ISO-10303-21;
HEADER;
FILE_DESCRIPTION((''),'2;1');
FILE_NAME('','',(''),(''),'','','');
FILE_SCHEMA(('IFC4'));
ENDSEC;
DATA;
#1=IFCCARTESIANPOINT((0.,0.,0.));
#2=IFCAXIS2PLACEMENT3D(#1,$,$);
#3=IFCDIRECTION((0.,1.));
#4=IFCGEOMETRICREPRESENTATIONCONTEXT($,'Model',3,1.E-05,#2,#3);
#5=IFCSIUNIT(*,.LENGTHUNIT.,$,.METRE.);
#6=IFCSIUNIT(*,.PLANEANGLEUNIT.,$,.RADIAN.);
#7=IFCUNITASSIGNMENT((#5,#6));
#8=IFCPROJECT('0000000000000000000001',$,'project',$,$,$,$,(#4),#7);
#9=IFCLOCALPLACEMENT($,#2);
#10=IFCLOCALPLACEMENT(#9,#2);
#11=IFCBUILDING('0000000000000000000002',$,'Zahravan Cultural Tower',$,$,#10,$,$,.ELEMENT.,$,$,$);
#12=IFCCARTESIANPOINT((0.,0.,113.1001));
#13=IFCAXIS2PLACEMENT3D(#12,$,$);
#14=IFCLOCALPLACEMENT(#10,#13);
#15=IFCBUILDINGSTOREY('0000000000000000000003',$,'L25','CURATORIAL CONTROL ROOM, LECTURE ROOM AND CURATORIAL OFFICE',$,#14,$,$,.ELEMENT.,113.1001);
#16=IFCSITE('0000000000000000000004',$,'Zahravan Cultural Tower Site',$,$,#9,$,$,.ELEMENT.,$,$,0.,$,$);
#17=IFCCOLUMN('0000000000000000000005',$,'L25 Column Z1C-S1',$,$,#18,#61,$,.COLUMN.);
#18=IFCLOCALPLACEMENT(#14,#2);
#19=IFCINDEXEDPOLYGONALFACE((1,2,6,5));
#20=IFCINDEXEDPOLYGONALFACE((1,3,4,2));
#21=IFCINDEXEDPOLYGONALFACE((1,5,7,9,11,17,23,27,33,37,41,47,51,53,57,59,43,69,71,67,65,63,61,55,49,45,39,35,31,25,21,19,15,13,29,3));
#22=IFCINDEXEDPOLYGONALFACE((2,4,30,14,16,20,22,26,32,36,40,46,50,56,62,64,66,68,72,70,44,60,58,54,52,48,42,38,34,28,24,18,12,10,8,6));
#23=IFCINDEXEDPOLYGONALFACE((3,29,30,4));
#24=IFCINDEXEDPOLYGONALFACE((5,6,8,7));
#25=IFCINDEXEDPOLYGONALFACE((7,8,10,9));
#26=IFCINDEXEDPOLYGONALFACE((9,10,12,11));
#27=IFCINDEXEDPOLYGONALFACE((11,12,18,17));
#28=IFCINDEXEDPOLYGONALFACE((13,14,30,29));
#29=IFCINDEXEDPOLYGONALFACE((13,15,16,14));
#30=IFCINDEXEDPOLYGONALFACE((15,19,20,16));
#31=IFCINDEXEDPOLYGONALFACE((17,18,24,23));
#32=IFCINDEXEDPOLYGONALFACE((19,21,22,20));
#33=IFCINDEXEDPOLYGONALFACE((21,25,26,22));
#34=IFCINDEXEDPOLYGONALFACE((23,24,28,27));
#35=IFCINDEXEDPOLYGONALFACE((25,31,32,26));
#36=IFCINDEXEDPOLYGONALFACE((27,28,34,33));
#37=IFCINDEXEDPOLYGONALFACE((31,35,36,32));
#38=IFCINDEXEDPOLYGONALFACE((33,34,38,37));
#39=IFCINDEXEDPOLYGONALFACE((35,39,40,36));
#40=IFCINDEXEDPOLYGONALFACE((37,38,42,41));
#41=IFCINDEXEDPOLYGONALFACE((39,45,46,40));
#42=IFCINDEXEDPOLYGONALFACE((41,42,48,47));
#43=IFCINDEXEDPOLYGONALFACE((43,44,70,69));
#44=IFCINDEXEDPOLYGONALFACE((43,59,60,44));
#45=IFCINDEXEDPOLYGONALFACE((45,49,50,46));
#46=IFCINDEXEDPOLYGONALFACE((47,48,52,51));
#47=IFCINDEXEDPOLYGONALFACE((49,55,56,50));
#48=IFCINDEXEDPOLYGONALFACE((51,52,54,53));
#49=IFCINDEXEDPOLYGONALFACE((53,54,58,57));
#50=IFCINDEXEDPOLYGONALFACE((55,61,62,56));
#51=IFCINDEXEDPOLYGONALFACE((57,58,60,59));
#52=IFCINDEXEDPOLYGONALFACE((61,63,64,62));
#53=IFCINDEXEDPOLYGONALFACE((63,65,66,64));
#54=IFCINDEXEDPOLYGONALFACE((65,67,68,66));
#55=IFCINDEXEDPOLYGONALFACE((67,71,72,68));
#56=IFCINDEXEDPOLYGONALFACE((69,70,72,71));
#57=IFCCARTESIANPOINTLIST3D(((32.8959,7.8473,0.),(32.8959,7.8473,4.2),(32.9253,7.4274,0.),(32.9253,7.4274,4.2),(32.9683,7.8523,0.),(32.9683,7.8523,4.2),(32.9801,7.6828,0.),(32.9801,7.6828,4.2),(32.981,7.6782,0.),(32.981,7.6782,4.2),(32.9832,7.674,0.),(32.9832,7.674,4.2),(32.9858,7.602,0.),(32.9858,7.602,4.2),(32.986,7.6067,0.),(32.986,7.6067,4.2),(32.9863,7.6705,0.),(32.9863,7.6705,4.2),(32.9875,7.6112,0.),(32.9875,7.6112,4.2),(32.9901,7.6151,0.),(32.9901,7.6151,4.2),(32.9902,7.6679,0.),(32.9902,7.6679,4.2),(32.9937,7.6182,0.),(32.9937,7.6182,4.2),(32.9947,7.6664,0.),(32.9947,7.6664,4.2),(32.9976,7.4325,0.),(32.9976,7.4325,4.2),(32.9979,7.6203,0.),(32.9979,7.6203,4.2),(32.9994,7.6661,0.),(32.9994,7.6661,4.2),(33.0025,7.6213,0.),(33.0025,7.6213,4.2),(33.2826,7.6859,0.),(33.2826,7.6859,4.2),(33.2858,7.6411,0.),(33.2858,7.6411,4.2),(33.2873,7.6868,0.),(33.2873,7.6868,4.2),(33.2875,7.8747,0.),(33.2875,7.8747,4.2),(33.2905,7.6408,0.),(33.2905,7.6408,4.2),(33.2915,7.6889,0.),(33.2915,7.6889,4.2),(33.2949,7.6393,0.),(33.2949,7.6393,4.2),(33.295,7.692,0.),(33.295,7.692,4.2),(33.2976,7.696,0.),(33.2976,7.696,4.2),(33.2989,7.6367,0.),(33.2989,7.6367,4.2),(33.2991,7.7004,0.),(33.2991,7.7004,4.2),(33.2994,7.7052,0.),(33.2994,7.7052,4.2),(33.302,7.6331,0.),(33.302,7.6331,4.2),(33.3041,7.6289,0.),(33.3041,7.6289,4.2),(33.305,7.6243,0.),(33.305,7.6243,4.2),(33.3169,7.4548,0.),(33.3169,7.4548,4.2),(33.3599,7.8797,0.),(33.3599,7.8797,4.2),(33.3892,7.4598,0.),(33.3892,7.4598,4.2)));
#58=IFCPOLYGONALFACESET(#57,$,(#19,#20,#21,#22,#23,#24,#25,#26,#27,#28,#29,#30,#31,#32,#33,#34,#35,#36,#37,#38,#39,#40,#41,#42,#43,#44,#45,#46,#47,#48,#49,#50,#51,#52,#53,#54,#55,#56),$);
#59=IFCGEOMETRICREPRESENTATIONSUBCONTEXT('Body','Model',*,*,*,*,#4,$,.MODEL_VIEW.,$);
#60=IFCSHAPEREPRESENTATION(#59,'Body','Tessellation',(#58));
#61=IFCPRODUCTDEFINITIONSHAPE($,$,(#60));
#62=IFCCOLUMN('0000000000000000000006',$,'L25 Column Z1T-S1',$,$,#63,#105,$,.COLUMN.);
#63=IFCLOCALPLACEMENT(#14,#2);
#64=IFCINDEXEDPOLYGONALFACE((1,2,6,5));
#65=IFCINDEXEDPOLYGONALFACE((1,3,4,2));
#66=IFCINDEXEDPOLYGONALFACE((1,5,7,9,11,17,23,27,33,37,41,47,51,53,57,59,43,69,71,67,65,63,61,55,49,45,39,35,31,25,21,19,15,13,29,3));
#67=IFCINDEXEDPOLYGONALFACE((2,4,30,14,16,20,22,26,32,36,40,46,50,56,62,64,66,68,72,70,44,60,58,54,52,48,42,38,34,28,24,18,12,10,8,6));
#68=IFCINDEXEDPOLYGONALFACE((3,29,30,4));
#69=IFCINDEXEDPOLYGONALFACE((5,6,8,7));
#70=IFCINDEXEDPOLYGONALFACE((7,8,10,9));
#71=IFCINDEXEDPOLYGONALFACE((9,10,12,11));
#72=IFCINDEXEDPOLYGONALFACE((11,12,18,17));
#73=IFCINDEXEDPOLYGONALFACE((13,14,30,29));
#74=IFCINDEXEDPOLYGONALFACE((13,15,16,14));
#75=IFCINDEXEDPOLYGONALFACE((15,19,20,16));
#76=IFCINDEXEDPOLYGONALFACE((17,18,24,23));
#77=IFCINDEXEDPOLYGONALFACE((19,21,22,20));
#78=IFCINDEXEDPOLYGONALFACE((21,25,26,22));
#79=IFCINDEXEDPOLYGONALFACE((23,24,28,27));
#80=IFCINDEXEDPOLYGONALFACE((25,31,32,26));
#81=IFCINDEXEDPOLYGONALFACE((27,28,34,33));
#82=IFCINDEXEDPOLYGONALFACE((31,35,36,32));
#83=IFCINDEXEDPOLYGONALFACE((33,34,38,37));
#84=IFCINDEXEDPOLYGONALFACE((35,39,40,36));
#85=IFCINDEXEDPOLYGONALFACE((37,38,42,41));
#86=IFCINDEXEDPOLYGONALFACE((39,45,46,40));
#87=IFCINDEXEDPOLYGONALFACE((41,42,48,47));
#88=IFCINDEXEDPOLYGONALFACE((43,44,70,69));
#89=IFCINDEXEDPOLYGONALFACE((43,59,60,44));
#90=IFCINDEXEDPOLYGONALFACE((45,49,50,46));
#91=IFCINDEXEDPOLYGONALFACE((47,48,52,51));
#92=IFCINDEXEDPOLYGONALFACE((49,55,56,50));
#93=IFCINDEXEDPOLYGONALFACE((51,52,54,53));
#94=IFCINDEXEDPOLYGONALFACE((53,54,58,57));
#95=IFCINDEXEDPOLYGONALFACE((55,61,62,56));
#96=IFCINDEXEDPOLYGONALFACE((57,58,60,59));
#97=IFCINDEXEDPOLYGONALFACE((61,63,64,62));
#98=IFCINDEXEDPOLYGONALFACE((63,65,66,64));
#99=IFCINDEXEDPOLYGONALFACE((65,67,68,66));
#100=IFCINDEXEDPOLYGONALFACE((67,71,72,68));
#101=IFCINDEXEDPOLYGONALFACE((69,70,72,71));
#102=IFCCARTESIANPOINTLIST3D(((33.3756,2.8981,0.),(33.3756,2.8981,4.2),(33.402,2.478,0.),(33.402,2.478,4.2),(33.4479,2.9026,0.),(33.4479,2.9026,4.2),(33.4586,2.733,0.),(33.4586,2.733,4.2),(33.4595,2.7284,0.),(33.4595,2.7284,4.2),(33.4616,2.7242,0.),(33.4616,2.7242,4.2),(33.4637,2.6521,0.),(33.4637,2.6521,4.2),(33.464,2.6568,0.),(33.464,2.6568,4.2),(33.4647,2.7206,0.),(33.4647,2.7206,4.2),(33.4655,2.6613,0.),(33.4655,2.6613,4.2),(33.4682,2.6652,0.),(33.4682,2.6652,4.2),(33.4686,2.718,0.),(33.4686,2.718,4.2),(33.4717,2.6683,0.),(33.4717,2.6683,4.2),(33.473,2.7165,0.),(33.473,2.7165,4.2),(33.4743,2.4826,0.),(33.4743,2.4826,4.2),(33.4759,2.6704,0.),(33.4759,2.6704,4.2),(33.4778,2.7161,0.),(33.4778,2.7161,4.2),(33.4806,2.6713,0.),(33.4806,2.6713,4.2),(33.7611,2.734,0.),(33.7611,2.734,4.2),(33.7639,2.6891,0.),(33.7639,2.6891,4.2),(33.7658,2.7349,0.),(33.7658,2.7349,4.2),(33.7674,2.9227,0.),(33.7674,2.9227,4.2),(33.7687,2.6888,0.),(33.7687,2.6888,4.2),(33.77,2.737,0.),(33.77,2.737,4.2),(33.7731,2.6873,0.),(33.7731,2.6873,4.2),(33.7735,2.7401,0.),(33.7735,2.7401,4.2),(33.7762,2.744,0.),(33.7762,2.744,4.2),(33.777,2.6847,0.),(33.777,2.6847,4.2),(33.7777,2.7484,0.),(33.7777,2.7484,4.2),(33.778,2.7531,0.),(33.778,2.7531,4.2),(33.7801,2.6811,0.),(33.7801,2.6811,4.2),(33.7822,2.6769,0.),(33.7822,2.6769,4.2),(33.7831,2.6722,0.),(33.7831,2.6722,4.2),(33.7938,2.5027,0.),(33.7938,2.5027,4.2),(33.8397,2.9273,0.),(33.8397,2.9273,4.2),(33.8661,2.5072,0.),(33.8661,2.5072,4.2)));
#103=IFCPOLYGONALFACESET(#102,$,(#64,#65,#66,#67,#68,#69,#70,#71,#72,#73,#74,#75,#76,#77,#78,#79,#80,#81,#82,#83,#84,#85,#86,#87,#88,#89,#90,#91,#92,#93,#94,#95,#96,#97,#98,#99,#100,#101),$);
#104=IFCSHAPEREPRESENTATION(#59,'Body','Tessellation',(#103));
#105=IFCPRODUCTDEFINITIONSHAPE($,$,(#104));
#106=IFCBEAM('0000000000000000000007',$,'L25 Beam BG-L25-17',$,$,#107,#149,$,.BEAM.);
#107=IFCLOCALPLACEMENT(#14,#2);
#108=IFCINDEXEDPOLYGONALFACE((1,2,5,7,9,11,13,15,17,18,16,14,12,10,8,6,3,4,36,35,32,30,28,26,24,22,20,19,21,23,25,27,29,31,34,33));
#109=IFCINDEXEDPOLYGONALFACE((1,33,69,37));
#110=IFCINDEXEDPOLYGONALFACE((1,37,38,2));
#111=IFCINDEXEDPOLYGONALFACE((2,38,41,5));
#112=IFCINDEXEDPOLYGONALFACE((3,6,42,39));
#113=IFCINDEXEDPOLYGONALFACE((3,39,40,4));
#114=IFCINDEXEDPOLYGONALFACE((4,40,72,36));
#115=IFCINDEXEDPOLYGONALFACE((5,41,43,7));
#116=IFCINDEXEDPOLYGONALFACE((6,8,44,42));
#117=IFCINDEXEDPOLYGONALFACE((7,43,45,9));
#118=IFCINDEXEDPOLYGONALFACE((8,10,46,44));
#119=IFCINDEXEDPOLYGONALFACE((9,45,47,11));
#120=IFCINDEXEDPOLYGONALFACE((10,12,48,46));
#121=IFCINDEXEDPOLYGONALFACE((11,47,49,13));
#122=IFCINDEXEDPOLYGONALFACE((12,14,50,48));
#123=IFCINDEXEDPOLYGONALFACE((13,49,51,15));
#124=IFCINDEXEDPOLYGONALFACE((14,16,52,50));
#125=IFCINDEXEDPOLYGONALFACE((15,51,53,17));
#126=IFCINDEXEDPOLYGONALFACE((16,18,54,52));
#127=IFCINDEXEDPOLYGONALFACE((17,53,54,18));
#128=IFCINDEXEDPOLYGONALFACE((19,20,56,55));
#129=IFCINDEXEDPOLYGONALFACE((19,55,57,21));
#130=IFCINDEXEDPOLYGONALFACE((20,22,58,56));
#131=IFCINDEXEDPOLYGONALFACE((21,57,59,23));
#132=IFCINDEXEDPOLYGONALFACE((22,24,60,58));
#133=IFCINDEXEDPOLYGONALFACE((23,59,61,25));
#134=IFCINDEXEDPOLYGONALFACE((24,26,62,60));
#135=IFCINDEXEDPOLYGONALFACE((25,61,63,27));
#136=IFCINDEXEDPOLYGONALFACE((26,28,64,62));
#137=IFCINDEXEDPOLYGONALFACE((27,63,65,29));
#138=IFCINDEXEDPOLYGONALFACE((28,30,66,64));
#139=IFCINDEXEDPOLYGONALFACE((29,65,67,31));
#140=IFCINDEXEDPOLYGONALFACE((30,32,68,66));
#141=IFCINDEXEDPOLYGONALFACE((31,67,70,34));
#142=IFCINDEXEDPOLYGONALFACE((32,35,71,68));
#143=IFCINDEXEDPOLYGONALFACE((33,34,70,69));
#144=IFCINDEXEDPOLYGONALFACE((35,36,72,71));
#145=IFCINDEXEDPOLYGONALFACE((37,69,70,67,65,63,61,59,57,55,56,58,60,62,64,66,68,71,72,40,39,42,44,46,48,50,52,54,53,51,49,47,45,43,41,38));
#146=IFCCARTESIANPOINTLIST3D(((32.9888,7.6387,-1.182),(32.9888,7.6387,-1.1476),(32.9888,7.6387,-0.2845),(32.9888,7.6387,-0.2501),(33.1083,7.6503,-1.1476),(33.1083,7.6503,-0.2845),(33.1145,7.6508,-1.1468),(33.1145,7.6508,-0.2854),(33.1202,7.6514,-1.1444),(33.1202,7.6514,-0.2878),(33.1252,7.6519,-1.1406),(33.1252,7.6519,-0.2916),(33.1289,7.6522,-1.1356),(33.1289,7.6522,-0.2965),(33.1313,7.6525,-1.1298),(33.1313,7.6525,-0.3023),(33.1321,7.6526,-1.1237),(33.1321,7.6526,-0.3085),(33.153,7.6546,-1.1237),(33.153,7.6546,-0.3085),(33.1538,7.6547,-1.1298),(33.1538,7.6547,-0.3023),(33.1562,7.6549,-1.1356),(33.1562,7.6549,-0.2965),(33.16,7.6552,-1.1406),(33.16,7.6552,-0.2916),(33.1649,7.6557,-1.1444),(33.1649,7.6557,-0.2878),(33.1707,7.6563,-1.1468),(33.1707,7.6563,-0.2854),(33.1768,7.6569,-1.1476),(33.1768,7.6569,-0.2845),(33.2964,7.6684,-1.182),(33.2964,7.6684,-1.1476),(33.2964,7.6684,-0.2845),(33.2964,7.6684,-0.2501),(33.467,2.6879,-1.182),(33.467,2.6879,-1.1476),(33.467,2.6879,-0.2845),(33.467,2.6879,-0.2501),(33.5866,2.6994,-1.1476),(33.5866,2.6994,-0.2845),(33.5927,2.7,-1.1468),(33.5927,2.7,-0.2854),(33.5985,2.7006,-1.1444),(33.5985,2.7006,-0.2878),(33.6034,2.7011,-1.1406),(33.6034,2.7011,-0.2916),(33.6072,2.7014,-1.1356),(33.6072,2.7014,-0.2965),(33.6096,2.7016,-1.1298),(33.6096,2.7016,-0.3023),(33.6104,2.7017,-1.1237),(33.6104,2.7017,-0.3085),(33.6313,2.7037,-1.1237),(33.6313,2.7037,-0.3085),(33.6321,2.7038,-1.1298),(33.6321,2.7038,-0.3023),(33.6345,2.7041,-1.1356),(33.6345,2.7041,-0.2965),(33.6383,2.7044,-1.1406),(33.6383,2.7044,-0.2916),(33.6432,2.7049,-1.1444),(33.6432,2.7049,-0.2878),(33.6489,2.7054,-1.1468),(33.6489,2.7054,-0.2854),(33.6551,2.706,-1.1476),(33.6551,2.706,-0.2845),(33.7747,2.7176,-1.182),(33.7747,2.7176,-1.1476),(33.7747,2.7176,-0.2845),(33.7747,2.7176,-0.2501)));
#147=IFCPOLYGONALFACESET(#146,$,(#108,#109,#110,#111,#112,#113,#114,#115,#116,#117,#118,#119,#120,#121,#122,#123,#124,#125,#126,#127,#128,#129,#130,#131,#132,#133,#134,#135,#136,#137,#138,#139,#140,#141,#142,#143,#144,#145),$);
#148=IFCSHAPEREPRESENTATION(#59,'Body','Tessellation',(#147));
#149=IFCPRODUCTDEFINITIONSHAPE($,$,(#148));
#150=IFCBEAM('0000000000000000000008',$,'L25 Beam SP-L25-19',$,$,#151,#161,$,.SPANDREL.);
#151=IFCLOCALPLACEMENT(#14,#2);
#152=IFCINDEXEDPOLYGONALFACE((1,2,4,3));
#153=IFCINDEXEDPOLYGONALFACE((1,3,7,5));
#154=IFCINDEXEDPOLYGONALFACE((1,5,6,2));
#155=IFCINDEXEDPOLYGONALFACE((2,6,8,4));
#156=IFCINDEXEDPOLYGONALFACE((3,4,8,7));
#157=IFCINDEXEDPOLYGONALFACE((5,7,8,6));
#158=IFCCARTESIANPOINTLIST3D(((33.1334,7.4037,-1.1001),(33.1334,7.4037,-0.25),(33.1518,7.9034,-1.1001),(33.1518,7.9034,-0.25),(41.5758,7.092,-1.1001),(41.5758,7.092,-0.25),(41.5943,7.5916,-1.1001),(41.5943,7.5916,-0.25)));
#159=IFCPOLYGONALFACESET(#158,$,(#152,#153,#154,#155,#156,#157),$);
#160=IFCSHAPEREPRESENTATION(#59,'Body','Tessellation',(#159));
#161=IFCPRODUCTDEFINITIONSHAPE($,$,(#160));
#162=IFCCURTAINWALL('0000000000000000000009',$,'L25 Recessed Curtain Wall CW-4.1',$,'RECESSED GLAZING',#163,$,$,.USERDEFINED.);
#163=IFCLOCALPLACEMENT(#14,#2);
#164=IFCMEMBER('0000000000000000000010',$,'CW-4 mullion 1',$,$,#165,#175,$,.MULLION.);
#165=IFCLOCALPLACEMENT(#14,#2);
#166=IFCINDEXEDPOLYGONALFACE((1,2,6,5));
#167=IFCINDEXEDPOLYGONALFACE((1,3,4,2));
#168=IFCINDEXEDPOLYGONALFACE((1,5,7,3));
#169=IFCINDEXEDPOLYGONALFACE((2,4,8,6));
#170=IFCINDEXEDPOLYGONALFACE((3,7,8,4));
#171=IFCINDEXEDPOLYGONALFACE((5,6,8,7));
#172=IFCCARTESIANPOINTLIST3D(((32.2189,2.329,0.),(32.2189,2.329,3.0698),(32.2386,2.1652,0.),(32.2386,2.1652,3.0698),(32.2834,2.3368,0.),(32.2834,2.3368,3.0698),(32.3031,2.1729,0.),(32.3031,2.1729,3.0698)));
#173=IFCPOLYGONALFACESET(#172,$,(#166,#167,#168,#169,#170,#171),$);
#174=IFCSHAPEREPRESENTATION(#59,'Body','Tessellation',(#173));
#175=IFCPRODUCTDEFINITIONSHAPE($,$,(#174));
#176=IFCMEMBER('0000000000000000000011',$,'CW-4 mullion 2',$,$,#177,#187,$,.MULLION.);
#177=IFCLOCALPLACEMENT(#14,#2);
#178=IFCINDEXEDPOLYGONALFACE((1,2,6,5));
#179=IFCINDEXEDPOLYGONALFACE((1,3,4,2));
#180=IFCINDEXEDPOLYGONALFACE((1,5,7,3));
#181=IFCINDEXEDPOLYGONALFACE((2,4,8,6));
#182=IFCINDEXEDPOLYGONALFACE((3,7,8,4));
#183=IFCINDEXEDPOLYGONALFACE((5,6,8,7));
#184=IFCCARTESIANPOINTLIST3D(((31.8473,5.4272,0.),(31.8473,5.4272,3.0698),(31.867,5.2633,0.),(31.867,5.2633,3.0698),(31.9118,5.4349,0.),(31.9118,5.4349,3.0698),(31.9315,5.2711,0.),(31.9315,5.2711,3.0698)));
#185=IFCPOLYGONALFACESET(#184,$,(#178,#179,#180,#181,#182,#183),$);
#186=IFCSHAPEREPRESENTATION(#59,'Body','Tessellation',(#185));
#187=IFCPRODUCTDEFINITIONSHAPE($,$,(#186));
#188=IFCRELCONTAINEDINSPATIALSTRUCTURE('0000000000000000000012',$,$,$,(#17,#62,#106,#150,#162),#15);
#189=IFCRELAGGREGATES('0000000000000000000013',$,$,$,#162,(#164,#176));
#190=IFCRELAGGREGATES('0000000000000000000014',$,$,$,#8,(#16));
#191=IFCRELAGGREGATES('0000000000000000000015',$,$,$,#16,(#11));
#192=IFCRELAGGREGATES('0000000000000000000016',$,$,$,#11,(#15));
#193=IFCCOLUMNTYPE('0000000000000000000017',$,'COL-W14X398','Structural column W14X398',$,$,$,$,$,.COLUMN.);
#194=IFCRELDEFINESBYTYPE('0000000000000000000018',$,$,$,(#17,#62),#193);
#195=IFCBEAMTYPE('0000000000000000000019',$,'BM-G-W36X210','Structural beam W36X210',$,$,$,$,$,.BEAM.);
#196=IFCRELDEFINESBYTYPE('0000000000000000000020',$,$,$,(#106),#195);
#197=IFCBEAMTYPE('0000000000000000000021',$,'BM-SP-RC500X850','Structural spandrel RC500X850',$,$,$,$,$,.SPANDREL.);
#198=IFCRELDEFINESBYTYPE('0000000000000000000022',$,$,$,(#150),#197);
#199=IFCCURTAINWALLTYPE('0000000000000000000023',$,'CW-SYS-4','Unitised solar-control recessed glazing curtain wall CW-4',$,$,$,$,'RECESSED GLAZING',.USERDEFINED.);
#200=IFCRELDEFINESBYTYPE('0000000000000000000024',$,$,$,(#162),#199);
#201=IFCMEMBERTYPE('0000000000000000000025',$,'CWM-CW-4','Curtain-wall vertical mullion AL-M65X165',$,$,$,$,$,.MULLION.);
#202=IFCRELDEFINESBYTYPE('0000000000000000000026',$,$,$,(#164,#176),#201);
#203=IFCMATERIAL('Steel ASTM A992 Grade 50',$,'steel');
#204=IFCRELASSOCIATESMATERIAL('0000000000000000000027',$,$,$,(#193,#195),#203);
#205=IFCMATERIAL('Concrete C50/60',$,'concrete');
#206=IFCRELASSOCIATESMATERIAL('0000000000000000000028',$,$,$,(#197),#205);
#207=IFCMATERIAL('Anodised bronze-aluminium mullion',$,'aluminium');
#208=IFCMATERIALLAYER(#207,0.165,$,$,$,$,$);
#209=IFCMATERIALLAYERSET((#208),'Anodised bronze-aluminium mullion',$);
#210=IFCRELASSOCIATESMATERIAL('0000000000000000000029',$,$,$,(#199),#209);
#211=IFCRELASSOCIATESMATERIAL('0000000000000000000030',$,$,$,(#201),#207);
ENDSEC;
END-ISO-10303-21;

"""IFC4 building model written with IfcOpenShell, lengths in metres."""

from ifc_helpers import new_model, si_unit, direction, frame, origin, origin_2d, place, context, subcontext, project, spatial, rectangle, i_section, extrude, source, transform, mapped, material, layer, layer_set, material_profile, profile_set, type_object, element, aggregate, save


model = new_model("IFC4")

# Units and contexts
model_context = context("Model", 3, precision=1e-05, world=origin(), true_north=direction((0.0, 1.0)))
body_context = subcontext(model_context, "Body", "Model", "MODEL_VIEW")
ifc_project = project(units=[si_unit("LENGTHUNIT", "METRE"), si_unit("PLANEANGLEUNIT", "RADIAN")], contexts=[model_context])

# Site, building, storey
site_placement = place(None, origin())
site = spatial("IfcSite", under=ifc_project, at=site_placement, Name="Zahravan Cultural Tower Site", CompositionType="ELEMENT", RefElevation=0.0)
building_placement = place(site_placement, origin())
building = spatial("IfcBuilding", under=site, at=building_placement, Name="Zahravan Cultural Tower", CompositionType="ELEMENT")
storey_placement = place(building_placement, frame((0.0, 0.0, 113.1001)))
storey = spatial("IfcBuildingStorey", under=building, at=storey_placement, Name="L25", Description="CURATORIAL CONTROL ROOM, LECTURE ROOM AND CURATORIAL OFFICE", CompositionType="ELEMENT", Elevation=113.1001)

# Columns
ifc_material_1 = material(Name="Steel ASTM A992 Grade 50", Category="steel")
ifc_material_profile_1 = material_profile(ifc_material_1, i_section(OverallWidth=0.4209, OverallDepth=0.4651, WebThickness=0.0449, FlangeThickness=0.0725, FilletRadius=0.0181, at=origin_2d()), Name="W14X398")
ifc_profile_set_1 = profile_set([ifc_material_profile_1], Name="Steel ASTM A992 Grade 50")
column_type = type_object("IfcColumnType", Name="COL-W14X398", Description="Structural column W14X398", PredefinedType="COLUMN", material=ifc_profile_set_1)
shared_shape_1 = source(origin(), body_context, "Body", "SweptSolid", [
    extrude(i_section(OverallWidth=0.4209, OverallDepth=0.4651, WebThickness=0.0449, FlangeThickness=0.0725, FilletRadius=0.0181, at=origin_2d()), origin(), (0.0, 0.0, 1.0), 4.2),
])
for number, where, z_axis, x_axis, name in (
    (1, (33.1426, 7.6536, 0.0), (0.0, 0.0, 1.0), (-0.069756, 0.997564, 0.0), "L25 Column Z1C-S1"),
    (2, (33.6208, 2.7026, 0.0), (0.0, 0.0, 1.0), (-0.062791, 0.998027, 0.0), "L25 Column Z1T-S1"),
):
    element("IfcColumn", number, at=place(storey_placement, frame(where, z_axis=z_axis, x_axis=x_axis)), inside=storey, type_object=column_type, Name=name, PredefinedType="COLUMN", context=body_context, shape_type="MappedRepresentation", body=[
        mapped(shared_shape_1, transform((0.0, 0.0, 0.0), x_axis=(1.0, 0.0, 0.0), y_axis=(0.0, 1.0, 0.0), z_axis=(0.0, 0.0, 1.0), scale=1.0)),
    ])

# Beams
ifc_material_profile_2 = material_profile(ifc_material_1, i_section(OverallWidth=0.3091, OverallDepth=0.9319, WebThickness=0.021, FlangeThickness=0.0344, FilletRadius=0.0239, at=origin_2d()), Name="W36X210")
ifc_profile_set_2 = profile_set([ifc_material_profile_2], Name="Steel ASTM A992 Grade 50")
beam_type_1 = type_object("IfcBeamType", Name="BM-G-W36X210", Description="Structural beam W36X210", PredefinedType="BEAM", material=ifc_profile_set_2)
shared_shape_2 = source(origin(), body_context, "Body", "SweptSolid", [
    extrude(i_section(OverallWidth=0.3091, OverallDepth=0.9319, WebThickness=0.021, FlangeThickness=0.0344, FilletRadius=0.0239, at=origin_2d()), origin(), (0.0, 0.0, 1.0), 4.9739),
])
beam_1_placement = place(storey_placement, frame((33.1426, 7.6536, -0.7161), z_axis=(0.096155, -0.995366, 0.0), x_axis=(0.995366, 0.096155, 0.0)))
element("IfcBeam", 3, at=beam_1_placement, inside=storey, type_object=beam_type_1, Name="L25 Beam BG-L25-17", PredefinedType="BEAM", context=body_context, shape_type="MappedRepresentation", body=[
    mapped(shared_shape_2, transform((0.0, 0.0, 0.0), x_axis=(1.0, 0.0, 0.0), y_axis=(0.0, 1.0, 0.0), z_axis=(0.0, 0.0, 1.0), scale=1.0)),
])
ifc_material_2 = material(Name="Concrete C50/60", Category="concrete")
ifc_material_profile_3 = material_profile(ifc_material_2, rectangle(XDim=0.5, YDim=0.8501, at=origin_2d()), Name="RC500X850")
ifc_profile_set_3 = profile_set([ifc_material_profile_3], Name="Concrete C50/60")
beam_type_2 = type_object("IfcBeamType", Name="BM-SP-RC500X850", Description="Structural spandrel RC500X850", PredefinedType="SPANDREL", material=ifc_profile_set_3)
shared_shape_3 = source(origin(), body_context, "Body", "SweptSolid", [
    extrude(rectangle(XDim=0.5, YDim=0.8501, at=origin_2d()), origin(), (0.0, 0.0, 1.0), 8.4482),
])
beam_2_placement = place(storey_placement, frame((33.1426, 7.6536, -0.675), z_axis=(0.999319, -0.036904, 0.0), x_axis=(0.036904, 0.999319, 0.0)))
element("IfcBeam", 4, at=beam_2_placement, inside=storey, type_object=beam_type_2, Name="L25 Beam SP-L25-19", PredefinedType="SPANDREL", context=body_context, shape_type="MappedRepresentation", body=[
    mapped(shared_shape_3, transform((0.0, 0.0, 0.0), x_axis=(1.0, 0.0, 0.0), y_axis=(0.0, 1.0, 0.0), z_axis=(0.0, 0.0, 1.0), scale=1.0)),
])

# Curtain wall, members
ifc_material_3 = material(Name="Anodised bronze-aluminium mullion", Category="aluminium")
ifc_layer_1 = layer(ifc_material_3, 0.165)
ifc_layer_set_1 = layer_set([ifc_layer_1], Name="Anodised bronze-aluminium mullion")
curtain_wall_type = type_object("IfcCurtainWallType", Name="CW-SYS-4", Description="Unitised solar-control recessed glazing curtain wall CW-4", ElementType="RECESSED GLAZING", PredefinedType="USERDEFINED", material=ifc_layer_set_1)
curtain_wall_placement = place(storey_placement, origin())
curtain_wall = element("IfcCurtainWall", 5, at=curtain_wall_placement, inside=storey, type_object=curtain_wall_type, Name="L25 Recessed Curtain Wall CW-4.1", ObjectType="RECESSED GLAZING", PredefinedType="USERDEFINED")
ifc_material_profile_4 = material_profile(ifc_material_3, rectangle(XDim=0.0649, YDim=0.165, at=origin_2d()), Name="AL-M65X165")
ifc_profile_set_4 = profile_set([ifc_material_profile_4], Name="Anodised bronze-aluminium mullion")
member_type_1 = type_object("IfcMemberType", Name="CWM-CW-4", Description="Curtain-wall vertical mullion AL-M65X165", PredefinedType="MULLION", material=ifc_profile_set_4)
shared_shape_4 = source(origin(), body_context, "Body", "SweptSolid", [
    extrude(rectangle(XDim=0.0649, YDim=0.165, at=origin_2d()), origin(), (0.0, 0.0, 1.0), 3.0698),
])
member_1_placement = place(storey_placement, frame((32.261, 2.251, 0.0), z_axis=(0.0, 0.0, 1.0), x_axis=(-0.992883, -0.119095, 0.0)))
member_1 = element("IfcMember", 6, at=member_1_placement, type_object=member_type_1, Name="CW-4 mullion 1", PredefinedType="MULLION", context=body_context, shape_type="MappedRepresentation", body=[
    mapped(shared_shape_4, transform((0.0, 0.0, 0.0), x_axis=(1.0, 0.0, 0.0), y_axis=(0.0, 1.0, 0.0), z_axis=(0.0, 0.0, 1.0), scale=1.0)),
])
member_2_placement = place(storey_placement, frame((31.8894, 5.3491, 0.0), z_axis=(0.0, 0.0, 1.0), x_axis=(-0.992883, -0.119095, 0.0)))
member_2 = element("IfcMember", 7, at=member_2_placement, type_object=member_type_1, Name="CW-4 mullion 2", PredefinedType="MULLION", context=body_context, shape_type="MappedRepresentation", body=[
    mapped(shared_shape_4, transform((0.0, 0.0, 0.0), x_axis=(1.0, 0.0, 0.0), y_axis=(0.0, 1.0, 0.0), z_axis=(0.0, 0.0, 1.0), scale=1.0)),
])
aggregate(curtain_wall, [member_1, member_2])

save(model, "model.ifc")
